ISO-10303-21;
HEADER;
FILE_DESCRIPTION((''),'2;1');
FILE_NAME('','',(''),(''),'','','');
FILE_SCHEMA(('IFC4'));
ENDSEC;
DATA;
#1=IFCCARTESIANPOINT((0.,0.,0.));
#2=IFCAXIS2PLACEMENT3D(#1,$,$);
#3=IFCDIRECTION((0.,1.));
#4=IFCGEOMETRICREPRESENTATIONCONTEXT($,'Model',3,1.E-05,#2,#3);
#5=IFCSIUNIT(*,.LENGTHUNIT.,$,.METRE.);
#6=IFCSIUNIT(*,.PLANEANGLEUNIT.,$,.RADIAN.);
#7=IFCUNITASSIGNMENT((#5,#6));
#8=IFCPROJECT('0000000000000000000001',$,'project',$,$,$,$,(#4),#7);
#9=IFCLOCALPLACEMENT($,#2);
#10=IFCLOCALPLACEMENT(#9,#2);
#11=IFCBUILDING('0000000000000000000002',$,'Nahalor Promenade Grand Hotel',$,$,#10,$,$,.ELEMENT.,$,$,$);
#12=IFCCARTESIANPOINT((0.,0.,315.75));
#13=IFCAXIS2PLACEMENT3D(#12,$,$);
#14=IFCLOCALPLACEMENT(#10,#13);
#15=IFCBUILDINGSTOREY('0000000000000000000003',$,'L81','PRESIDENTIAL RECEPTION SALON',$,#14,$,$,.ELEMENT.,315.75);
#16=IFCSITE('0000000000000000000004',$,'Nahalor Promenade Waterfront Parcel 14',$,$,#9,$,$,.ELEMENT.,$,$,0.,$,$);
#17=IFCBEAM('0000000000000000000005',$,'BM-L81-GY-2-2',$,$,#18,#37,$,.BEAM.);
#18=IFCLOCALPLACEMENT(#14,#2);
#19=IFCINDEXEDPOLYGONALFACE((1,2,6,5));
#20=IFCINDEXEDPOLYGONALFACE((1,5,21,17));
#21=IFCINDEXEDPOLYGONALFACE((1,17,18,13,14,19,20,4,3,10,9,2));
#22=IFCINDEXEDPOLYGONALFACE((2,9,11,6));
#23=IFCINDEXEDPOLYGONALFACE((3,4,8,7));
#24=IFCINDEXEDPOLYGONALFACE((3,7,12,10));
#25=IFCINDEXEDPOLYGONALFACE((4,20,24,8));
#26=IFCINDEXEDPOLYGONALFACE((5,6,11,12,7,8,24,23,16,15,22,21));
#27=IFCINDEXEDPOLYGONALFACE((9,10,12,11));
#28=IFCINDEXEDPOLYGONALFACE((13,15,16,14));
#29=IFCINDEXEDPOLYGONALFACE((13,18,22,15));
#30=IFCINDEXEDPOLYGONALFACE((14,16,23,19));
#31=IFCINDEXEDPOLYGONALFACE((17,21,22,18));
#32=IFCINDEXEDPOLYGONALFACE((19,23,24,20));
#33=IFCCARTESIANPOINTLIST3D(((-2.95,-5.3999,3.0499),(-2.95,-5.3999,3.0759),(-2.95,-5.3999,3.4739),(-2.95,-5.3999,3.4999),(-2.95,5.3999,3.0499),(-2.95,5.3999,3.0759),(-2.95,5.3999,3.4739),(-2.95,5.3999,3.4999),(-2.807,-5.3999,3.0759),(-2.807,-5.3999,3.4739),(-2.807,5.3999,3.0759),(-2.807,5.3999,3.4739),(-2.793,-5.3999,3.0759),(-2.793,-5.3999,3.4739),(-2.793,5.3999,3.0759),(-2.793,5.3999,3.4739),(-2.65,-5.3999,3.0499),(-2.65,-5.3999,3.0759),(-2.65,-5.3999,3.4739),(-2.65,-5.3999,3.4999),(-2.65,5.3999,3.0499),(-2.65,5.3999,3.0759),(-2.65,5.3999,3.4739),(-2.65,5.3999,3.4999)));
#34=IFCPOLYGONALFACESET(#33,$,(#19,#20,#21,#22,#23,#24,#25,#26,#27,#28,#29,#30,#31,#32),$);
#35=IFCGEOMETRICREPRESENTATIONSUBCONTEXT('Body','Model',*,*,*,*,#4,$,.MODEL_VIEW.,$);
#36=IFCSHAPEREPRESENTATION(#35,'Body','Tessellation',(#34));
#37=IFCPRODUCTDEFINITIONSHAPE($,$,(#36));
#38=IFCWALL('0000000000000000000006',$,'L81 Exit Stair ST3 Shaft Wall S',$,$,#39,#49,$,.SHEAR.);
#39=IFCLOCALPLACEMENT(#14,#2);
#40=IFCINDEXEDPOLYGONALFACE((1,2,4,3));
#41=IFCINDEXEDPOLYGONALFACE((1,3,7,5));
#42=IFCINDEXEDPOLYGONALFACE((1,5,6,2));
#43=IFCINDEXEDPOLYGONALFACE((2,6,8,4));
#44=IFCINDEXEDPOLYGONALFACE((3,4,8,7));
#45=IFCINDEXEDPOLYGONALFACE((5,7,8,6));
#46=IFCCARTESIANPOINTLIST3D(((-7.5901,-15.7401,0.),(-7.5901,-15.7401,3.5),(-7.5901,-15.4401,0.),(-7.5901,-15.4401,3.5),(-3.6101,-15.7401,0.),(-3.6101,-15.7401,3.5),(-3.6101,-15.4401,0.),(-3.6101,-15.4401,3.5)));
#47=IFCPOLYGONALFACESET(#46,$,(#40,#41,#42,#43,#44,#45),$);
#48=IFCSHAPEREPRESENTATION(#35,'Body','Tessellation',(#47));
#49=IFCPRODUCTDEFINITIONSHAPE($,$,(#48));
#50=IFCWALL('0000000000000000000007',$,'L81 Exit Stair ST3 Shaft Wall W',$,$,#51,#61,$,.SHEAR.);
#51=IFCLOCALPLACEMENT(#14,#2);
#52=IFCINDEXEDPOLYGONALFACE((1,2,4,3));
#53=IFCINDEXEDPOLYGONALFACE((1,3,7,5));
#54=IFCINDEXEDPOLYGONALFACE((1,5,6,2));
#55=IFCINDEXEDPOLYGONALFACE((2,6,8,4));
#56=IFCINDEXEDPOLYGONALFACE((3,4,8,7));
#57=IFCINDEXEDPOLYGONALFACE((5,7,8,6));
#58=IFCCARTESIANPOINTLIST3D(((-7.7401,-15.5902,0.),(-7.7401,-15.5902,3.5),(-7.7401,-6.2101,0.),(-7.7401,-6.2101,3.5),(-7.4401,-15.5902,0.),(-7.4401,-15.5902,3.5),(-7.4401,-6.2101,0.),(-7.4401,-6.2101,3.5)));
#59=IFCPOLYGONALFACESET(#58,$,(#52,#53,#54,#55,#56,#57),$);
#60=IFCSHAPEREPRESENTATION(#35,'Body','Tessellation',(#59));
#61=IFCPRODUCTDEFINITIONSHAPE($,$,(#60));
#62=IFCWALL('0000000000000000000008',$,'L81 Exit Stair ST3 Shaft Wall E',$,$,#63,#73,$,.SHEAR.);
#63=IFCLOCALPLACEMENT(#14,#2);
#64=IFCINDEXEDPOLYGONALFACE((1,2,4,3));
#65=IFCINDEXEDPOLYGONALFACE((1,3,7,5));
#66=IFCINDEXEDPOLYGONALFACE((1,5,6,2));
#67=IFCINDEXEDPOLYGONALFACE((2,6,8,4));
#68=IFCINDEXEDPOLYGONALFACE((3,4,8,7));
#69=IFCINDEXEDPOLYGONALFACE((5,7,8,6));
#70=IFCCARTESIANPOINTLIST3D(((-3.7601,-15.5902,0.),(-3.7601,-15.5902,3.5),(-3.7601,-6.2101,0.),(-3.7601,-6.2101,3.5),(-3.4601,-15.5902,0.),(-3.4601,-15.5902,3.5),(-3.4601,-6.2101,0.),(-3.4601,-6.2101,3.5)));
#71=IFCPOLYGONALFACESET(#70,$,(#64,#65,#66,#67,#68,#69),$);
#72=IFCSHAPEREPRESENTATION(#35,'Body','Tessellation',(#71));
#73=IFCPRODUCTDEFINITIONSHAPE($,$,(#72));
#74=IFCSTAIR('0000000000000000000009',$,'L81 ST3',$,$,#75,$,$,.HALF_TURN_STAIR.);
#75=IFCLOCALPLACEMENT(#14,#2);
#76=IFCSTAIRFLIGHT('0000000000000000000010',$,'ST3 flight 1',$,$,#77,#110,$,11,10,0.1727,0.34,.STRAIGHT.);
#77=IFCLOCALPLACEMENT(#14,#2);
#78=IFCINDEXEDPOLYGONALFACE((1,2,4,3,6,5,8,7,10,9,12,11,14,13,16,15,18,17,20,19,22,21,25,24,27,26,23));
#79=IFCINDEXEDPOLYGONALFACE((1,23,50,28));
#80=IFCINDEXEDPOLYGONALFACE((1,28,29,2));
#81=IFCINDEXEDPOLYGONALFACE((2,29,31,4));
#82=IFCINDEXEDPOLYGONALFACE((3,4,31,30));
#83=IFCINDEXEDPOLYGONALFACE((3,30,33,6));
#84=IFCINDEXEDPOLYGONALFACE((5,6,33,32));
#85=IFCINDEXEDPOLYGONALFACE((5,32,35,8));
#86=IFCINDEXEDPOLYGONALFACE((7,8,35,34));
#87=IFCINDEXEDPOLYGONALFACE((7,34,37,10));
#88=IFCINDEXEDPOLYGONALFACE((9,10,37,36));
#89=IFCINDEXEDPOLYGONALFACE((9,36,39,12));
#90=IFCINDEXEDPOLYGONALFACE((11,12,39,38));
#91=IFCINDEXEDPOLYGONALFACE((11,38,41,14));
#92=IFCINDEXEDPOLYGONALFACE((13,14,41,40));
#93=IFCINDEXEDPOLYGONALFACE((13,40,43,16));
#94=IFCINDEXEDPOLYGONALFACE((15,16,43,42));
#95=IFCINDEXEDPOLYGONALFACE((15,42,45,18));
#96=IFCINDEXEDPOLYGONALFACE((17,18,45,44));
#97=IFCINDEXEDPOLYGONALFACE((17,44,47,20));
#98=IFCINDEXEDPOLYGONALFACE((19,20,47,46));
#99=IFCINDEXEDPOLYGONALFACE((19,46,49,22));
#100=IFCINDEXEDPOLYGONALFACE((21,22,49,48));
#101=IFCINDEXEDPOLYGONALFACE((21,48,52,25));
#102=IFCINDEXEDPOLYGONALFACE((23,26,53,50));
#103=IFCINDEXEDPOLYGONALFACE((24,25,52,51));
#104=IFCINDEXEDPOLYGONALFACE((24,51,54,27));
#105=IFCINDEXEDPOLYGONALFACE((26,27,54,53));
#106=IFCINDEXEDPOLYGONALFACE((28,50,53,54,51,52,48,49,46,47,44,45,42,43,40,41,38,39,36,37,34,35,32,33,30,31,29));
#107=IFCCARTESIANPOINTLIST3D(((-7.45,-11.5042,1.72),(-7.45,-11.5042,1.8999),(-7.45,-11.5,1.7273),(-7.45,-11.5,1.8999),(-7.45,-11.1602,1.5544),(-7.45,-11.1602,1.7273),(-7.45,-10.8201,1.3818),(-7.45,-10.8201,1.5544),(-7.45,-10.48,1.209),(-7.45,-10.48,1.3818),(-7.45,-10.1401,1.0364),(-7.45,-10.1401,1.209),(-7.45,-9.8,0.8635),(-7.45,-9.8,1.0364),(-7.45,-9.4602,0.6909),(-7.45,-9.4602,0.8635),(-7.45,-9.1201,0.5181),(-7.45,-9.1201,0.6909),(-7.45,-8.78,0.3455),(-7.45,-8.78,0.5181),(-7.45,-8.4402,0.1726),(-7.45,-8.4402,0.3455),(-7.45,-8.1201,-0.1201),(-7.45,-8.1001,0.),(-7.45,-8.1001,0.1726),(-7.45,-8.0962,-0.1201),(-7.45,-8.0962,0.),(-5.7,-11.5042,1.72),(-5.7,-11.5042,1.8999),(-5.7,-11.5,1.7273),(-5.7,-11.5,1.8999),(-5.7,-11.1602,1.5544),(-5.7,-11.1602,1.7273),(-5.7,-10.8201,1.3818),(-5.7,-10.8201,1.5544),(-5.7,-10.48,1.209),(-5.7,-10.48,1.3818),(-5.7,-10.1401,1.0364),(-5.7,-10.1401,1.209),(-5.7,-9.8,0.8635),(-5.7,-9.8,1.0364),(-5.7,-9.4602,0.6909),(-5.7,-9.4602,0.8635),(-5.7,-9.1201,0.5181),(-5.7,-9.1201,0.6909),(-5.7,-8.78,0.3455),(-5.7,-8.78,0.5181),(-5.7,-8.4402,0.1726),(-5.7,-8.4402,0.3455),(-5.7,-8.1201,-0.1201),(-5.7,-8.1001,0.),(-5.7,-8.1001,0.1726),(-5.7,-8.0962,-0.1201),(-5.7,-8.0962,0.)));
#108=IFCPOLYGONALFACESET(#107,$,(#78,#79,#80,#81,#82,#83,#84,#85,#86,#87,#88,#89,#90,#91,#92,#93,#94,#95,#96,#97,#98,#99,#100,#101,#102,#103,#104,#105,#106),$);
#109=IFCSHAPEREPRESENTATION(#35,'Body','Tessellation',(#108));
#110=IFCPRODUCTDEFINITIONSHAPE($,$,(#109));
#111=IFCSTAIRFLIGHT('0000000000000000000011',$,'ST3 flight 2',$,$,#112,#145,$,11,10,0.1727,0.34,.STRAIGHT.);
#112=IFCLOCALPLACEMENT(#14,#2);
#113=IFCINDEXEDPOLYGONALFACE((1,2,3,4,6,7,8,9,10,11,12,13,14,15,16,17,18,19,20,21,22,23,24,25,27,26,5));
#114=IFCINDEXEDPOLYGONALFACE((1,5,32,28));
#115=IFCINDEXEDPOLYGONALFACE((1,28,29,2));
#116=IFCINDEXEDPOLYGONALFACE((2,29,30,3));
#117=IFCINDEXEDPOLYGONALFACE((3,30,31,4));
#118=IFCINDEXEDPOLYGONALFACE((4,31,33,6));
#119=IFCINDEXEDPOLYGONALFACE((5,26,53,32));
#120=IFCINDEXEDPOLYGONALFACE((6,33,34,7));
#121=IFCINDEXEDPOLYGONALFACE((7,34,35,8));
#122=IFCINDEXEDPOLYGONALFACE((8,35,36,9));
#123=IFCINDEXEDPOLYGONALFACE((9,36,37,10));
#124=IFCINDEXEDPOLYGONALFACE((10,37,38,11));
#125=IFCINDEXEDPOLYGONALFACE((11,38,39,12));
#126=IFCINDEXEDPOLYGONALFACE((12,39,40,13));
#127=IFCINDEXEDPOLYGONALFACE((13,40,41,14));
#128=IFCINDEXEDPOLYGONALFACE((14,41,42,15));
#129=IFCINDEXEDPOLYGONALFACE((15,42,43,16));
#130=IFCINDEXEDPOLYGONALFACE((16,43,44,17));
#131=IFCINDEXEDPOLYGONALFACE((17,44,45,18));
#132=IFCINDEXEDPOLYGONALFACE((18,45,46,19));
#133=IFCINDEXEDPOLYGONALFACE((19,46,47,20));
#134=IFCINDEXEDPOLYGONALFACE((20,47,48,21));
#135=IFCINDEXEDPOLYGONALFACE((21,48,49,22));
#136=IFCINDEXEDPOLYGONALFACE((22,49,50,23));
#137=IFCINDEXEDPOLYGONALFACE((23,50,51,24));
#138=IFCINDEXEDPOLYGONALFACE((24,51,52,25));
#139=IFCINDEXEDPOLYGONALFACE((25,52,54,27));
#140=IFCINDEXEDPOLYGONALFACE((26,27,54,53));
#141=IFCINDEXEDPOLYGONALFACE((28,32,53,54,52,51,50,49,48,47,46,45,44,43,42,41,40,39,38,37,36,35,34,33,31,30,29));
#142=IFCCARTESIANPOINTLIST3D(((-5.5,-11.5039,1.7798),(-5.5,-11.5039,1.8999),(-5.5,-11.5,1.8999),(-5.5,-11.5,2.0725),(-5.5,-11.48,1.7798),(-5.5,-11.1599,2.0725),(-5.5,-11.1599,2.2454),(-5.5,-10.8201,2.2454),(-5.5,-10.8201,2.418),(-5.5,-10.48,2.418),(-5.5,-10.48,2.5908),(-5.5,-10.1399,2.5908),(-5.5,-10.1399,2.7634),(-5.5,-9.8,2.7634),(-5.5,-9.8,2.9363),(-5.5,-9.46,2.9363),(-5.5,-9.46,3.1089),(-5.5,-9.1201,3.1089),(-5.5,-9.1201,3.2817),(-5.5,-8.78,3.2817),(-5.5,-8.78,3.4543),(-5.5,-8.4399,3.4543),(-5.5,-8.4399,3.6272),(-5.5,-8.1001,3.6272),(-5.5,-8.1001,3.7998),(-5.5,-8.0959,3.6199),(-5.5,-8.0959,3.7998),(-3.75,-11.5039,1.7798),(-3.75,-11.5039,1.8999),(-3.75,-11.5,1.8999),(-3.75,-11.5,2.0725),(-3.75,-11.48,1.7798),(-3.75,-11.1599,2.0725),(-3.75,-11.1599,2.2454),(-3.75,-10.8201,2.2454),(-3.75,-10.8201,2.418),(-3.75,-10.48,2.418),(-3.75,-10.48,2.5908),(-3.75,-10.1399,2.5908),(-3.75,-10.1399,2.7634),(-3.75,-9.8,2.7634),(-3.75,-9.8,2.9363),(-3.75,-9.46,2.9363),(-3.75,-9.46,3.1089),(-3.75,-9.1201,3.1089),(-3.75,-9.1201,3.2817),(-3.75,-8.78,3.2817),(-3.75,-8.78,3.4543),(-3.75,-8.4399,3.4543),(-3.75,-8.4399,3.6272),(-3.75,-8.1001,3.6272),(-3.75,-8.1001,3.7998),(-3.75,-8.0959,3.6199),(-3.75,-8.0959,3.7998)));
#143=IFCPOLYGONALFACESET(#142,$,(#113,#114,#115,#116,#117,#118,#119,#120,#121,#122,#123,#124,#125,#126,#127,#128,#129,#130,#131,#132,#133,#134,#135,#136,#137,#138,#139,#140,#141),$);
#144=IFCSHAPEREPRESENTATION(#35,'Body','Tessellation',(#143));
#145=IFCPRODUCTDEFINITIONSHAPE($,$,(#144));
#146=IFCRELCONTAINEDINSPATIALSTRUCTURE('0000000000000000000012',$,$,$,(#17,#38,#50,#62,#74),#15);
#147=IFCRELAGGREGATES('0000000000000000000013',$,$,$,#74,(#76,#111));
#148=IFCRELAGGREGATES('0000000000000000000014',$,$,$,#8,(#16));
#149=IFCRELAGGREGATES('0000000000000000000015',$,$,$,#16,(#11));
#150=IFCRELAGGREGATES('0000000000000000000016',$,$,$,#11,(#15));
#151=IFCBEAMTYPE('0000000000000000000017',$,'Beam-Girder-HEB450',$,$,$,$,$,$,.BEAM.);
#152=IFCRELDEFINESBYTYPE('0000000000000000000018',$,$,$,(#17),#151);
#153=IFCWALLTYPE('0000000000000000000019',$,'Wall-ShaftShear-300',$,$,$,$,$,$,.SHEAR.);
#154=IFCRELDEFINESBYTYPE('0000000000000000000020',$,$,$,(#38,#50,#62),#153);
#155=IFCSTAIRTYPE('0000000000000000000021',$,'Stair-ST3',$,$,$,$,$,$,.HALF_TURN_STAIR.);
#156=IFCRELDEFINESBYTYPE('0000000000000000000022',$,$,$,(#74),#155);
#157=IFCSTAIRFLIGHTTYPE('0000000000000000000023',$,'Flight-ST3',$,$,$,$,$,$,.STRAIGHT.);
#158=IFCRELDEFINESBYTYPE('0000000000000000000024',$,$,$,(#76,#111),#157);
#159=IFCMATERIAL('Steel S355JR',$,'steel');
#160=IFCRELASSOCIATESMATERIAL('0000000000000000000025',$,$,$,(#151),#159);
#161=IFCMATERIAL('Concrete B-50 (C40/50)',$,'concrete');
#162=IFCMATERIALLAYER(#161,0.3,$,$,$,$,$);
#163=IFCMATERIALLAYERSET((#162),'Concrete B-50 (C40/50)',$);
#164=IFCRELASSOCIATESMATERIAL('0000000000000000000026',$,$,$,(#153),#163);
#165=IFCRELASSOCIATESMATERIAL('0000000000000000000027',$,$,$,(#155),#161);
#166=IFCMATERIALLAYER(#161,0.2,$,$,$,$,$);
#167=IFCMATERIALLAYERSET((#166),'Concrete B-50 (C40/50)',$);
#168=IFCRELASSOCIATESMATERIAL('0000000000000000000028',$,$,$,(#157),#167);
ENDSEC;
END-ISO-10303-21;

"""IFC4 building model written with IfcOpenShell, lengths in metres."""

from ifc_helpers import new_model, si_unit, direction, frame, frame_2d, origin, origin_2d, place, context, subcontext, project, spatial, polyline, rectangle, i_section, outline, extrude, source, transform, mapped, material, layer, layer_set, material_profile, profile_set, type_object, element, aggregate, save


model = new_model("IFC4")

# Units and contexts
model_context = context("Model", 3, precision=1e-05, world=origin(), true_north=direction((0.0, 1.0)))
body_context = subcontext(model_context, "Body", "Model", "MODEL_VIEW")
ifc_project = project(units=[si_unit("LENGTHUNIT", "METRE"), si_unit("PLANEANGLEUNIT", "RADIAN")], contexts=[model_context])

# Site, building, storey
site_placement = place(None, origin())
site = spatial("IfcSite", under=ifc_project, at=site_placement, Name="Nahalor Promenade Waterfront Parcel 14", CompositionType="ELEMENT", RefElevation=0.0)
building_placement = place(site_placement, origin())
building = spatial("IfcBuilding", under=site, at=building_placement, Name="Nahalor Promenade Grand Hotel", CompositionType="ELEMENT")
storey_placement = place(building_placement, frame((0.0, 0.0, 315.75)))
storey = spatial("IfcBuildingStorey", under=building, at=storey_placement, Name="L81", Description="PRESIDENTIAL RECEPTION SALON", CompositionType="ELEMENT", Elevation=315.75)

# Shared definitions
ifc_material_1 = material(Name="Concrete B-50 (C40/50)", Category="concrete")

# Beam
ifc_material_2 = material(Name="Steel S355JR", Category="steel")
ifc_material_profile_1 = material_profile(ifc_material_2, i_section(OverallWidth=0.3, OverallDepth=0.45, WebThickness=0.014, FlangeThickness=0.026, at=origin_2d()), Name="HEB 450")
ifc_profile_set_1 = profile_set([ifc_material_profile_1], Name="Steel S355JR")
beam_type = type_object("IfcBeamType", Name="Beam-Girder-HEB450", PredefinedType="BEAM", material=ifc_profile_set_1)
shared_shape_1 = source(origin(), body_context, "Body", "SweptSolid", [
    extrude(i_section(OverallWidth=0.3, OverallDepth=0.45, WebThickness=0.014, FlangeThickness=0.026, at=origin_2d()), origin(), (0.0, 0.0, 1.0), 10.7998),
])
for number, where, z_axis, x_axis, name in (
    (1, (-2.8, -5.3999, 3.2749), (0.0, 1.0, 0.0), (-1.0, 0.0, 0.0), "BM-L81-GY-2-2"),
):
    element("IfcBeam", number, at=place(storey_placement, frame(where, z_axis=z_axis, x_axis=x_axis)), inside=storey, type_object=beam_type, Name=name, PredefinedType="BEAM", context=body_context, shape_type="MappedRepresentation", body=[
        mapped(shared_shape_1, transform((0.0, 0.0, 0.0), scale=1.0)),
    ])

# Wall
ifc_layer_1 = layer(ifc_material_1, 0.3)
ifc_layer_set_1 = layer_set([ifc_layer_1], Name="Concrete B-50 (C40/50)")
wall_type = type_object("IfcWallType", Name="Wall-ShaftShear-300", PredefinedType="SHEAR", material=ifc_layer_set_1)
shared_shape_2 = source(origin(), body_context, "Body", "SweptSolid", [
    extrude(rectangle(XDim=3.98, YDim=0.3, at=frame_2d((1.99, 0.0))), origin(), (0.0, 0.0, 1.0), 3.5),
])
wall_1_placement = place(storey_placement, frame((-7.5901, -15.5901, 0.0), z_axis=(0.0, 0.0, 1.0), x_axis=(1.0, 0.0, 0.0)))
element("IfcWall", 2, at=wall_1_placement, inside=storey, type_object=wall_type, Name="L81 Exit Stair ST3 Shaft Wall S", PredefinedType="SHEAR", context=body_context, shape_type="MappedRepresentation", body=[
    mapped(shared_shape_2, transform((0.0, 0.0, 0.0), scale=1.0)),
])

# Walls
shared_shape_3 = source(origin(), body_context, "Body", "SweptSolid", [
    extrude(rectangle(XDim=9.3801, YDim=0.3, at=frame_2d((4.6899, 0.0))), origin(), (0.0, 0.0, 1.0), 3.5),
])
for number, where, z_axis, x_axis, name in (
    (3, (-7.5901, -15.5901, 0.0), (0.0, 0.0, 1.0), (0.0, 1.0, 0.0), "L81 Exit Stair ST3 Shaft Wall W"),
    (4, (-3.6101, -15.5901, 0.0), (0.0, 0.0, 1.0), (0.0, 1.0, 0.0), "L81 Exit Stair ST3 Shaft Wall E"),
):
    element("IfcWall", number, at=place(storey_placement, frame(where, z_axis=z_axis, x_axis=x_axis)), inside=storey, type_object=wall_type, Name=name, PredefinedType="SHEAR", context=body_context, shape_type="MappedRepresentation", body=[
        mapped(shared_shape_3, transform((0.0, 0.0, 0.0), scale=1.0)),
    ])

# Stair, stair flights
stair_type = type_object("IfcStairType", Name="Stair-ST3", PredefinedType="HALF_TURN_STAIR", material=ifc_material_1)
stair_placement = place(storey_placement, origin())
stair = element("IfcStair", 5, at=stair_placement, inside=storey, type_object=stair_type, Name="L81 ST3", PredefinedType="HALF_TURN_STAIR")
ifc_layer_2 = layer(ifc_material_1, 0.2)
ifc_layer_set_2 = layer_set([ifc_layer_2], Name="Concrete B-50 (C40/50)")
stair_flight_type = type_object("IfcStairFlightType", Name="Flight-ST3", PredefinedType="STRAIGHT", material=ifc_layer_set_2)
shared_shape_4 = source(origin(), body_context, "Body", "SweptSolid", [
    extrude(outline(polyline([(-0.0039, -0.1201), (-0.0039, 0.0), (0.0, 0.0), (0.0, 0.1726), (0.3401, 0.1726), (0.3401, 0.3455), (0.6799, 0.3455), (0.6799, 0.5181), (1.02, 0.5181), (1.02, 0.6909), (1.3601, 0.6909), (1.3601, 0.8635), (1.7, 0.8635), (1.7, 1.0364), (2.04, 1.0364), (2.04, 1.209), (2.3799, 1.209), (2.3799, 1.3818), (2.72, 1.3818), (2.72, 1.5544), (3.0601, 1.5544), (3.0601, 1.7273), (3.3999, 1.7273), (3.3999, 1.8999), (3.4041, 1.8999), (3.4041, 1.72), (0.02, -0.1201), (-0.0039, -0.1201)])), frame((0.0, 0.875, 0.0), z_axis=(0.0, -1.0, 0.0), x_axis=(1.0, 0.0, 0.0)), (0.0, 0.0, 1.0), 1.75),
])
stair_flight_1_placement = place(storey_placement, frame((-6.575, -8.1001, 0.0), z_axis=(0.0, 0.0, 1.0), x_axis=(0.0, -1.0, 0.0)))
stair_flight_1 = element("IfcStairFlight", 6, at=stair_flight_1_placement, type_object=stair_flight_type, Name="ST3 flight 1", NumberOfRisers=11, NumberOfTreads=10, PredefinedType="STRAIGHT", RiserHeight=0.1727, TreadLength=0.34, context=body_context, shape_type="MappedRepresentation", body=[
    mapped(shared_shape_4, transform((0.0, 0.0, 0.0), scale=1.0)),
])
stair_flight_2_placement = place(storey_placement, frame((-4.625, -11.5, 1.8999), z_axis=(0.0, 0.0, 1.0), x_axis=(0.0, 1.0, 0.0)))
stair_flight_2 = element("IfcStairFlight", 7, at=stair_flight_2_placement, type_object=stair_flight_type, Name="ST3 flight 2", NumberOfRisers=11, NumberOfTreads=10, PredefinedType="STRAIGHT", RiserHeight=0.1727, TreadLength=0.34, context=body_context, shape_type="MappedRepresentation", body=[
    mapped(shared_shape_4, transform((0.0, 0.0, 0.0), scale=1.0)),
])
aggregate(stair, [stair_flight_1, stair_flight_2])

save(model, "model.ifc")
